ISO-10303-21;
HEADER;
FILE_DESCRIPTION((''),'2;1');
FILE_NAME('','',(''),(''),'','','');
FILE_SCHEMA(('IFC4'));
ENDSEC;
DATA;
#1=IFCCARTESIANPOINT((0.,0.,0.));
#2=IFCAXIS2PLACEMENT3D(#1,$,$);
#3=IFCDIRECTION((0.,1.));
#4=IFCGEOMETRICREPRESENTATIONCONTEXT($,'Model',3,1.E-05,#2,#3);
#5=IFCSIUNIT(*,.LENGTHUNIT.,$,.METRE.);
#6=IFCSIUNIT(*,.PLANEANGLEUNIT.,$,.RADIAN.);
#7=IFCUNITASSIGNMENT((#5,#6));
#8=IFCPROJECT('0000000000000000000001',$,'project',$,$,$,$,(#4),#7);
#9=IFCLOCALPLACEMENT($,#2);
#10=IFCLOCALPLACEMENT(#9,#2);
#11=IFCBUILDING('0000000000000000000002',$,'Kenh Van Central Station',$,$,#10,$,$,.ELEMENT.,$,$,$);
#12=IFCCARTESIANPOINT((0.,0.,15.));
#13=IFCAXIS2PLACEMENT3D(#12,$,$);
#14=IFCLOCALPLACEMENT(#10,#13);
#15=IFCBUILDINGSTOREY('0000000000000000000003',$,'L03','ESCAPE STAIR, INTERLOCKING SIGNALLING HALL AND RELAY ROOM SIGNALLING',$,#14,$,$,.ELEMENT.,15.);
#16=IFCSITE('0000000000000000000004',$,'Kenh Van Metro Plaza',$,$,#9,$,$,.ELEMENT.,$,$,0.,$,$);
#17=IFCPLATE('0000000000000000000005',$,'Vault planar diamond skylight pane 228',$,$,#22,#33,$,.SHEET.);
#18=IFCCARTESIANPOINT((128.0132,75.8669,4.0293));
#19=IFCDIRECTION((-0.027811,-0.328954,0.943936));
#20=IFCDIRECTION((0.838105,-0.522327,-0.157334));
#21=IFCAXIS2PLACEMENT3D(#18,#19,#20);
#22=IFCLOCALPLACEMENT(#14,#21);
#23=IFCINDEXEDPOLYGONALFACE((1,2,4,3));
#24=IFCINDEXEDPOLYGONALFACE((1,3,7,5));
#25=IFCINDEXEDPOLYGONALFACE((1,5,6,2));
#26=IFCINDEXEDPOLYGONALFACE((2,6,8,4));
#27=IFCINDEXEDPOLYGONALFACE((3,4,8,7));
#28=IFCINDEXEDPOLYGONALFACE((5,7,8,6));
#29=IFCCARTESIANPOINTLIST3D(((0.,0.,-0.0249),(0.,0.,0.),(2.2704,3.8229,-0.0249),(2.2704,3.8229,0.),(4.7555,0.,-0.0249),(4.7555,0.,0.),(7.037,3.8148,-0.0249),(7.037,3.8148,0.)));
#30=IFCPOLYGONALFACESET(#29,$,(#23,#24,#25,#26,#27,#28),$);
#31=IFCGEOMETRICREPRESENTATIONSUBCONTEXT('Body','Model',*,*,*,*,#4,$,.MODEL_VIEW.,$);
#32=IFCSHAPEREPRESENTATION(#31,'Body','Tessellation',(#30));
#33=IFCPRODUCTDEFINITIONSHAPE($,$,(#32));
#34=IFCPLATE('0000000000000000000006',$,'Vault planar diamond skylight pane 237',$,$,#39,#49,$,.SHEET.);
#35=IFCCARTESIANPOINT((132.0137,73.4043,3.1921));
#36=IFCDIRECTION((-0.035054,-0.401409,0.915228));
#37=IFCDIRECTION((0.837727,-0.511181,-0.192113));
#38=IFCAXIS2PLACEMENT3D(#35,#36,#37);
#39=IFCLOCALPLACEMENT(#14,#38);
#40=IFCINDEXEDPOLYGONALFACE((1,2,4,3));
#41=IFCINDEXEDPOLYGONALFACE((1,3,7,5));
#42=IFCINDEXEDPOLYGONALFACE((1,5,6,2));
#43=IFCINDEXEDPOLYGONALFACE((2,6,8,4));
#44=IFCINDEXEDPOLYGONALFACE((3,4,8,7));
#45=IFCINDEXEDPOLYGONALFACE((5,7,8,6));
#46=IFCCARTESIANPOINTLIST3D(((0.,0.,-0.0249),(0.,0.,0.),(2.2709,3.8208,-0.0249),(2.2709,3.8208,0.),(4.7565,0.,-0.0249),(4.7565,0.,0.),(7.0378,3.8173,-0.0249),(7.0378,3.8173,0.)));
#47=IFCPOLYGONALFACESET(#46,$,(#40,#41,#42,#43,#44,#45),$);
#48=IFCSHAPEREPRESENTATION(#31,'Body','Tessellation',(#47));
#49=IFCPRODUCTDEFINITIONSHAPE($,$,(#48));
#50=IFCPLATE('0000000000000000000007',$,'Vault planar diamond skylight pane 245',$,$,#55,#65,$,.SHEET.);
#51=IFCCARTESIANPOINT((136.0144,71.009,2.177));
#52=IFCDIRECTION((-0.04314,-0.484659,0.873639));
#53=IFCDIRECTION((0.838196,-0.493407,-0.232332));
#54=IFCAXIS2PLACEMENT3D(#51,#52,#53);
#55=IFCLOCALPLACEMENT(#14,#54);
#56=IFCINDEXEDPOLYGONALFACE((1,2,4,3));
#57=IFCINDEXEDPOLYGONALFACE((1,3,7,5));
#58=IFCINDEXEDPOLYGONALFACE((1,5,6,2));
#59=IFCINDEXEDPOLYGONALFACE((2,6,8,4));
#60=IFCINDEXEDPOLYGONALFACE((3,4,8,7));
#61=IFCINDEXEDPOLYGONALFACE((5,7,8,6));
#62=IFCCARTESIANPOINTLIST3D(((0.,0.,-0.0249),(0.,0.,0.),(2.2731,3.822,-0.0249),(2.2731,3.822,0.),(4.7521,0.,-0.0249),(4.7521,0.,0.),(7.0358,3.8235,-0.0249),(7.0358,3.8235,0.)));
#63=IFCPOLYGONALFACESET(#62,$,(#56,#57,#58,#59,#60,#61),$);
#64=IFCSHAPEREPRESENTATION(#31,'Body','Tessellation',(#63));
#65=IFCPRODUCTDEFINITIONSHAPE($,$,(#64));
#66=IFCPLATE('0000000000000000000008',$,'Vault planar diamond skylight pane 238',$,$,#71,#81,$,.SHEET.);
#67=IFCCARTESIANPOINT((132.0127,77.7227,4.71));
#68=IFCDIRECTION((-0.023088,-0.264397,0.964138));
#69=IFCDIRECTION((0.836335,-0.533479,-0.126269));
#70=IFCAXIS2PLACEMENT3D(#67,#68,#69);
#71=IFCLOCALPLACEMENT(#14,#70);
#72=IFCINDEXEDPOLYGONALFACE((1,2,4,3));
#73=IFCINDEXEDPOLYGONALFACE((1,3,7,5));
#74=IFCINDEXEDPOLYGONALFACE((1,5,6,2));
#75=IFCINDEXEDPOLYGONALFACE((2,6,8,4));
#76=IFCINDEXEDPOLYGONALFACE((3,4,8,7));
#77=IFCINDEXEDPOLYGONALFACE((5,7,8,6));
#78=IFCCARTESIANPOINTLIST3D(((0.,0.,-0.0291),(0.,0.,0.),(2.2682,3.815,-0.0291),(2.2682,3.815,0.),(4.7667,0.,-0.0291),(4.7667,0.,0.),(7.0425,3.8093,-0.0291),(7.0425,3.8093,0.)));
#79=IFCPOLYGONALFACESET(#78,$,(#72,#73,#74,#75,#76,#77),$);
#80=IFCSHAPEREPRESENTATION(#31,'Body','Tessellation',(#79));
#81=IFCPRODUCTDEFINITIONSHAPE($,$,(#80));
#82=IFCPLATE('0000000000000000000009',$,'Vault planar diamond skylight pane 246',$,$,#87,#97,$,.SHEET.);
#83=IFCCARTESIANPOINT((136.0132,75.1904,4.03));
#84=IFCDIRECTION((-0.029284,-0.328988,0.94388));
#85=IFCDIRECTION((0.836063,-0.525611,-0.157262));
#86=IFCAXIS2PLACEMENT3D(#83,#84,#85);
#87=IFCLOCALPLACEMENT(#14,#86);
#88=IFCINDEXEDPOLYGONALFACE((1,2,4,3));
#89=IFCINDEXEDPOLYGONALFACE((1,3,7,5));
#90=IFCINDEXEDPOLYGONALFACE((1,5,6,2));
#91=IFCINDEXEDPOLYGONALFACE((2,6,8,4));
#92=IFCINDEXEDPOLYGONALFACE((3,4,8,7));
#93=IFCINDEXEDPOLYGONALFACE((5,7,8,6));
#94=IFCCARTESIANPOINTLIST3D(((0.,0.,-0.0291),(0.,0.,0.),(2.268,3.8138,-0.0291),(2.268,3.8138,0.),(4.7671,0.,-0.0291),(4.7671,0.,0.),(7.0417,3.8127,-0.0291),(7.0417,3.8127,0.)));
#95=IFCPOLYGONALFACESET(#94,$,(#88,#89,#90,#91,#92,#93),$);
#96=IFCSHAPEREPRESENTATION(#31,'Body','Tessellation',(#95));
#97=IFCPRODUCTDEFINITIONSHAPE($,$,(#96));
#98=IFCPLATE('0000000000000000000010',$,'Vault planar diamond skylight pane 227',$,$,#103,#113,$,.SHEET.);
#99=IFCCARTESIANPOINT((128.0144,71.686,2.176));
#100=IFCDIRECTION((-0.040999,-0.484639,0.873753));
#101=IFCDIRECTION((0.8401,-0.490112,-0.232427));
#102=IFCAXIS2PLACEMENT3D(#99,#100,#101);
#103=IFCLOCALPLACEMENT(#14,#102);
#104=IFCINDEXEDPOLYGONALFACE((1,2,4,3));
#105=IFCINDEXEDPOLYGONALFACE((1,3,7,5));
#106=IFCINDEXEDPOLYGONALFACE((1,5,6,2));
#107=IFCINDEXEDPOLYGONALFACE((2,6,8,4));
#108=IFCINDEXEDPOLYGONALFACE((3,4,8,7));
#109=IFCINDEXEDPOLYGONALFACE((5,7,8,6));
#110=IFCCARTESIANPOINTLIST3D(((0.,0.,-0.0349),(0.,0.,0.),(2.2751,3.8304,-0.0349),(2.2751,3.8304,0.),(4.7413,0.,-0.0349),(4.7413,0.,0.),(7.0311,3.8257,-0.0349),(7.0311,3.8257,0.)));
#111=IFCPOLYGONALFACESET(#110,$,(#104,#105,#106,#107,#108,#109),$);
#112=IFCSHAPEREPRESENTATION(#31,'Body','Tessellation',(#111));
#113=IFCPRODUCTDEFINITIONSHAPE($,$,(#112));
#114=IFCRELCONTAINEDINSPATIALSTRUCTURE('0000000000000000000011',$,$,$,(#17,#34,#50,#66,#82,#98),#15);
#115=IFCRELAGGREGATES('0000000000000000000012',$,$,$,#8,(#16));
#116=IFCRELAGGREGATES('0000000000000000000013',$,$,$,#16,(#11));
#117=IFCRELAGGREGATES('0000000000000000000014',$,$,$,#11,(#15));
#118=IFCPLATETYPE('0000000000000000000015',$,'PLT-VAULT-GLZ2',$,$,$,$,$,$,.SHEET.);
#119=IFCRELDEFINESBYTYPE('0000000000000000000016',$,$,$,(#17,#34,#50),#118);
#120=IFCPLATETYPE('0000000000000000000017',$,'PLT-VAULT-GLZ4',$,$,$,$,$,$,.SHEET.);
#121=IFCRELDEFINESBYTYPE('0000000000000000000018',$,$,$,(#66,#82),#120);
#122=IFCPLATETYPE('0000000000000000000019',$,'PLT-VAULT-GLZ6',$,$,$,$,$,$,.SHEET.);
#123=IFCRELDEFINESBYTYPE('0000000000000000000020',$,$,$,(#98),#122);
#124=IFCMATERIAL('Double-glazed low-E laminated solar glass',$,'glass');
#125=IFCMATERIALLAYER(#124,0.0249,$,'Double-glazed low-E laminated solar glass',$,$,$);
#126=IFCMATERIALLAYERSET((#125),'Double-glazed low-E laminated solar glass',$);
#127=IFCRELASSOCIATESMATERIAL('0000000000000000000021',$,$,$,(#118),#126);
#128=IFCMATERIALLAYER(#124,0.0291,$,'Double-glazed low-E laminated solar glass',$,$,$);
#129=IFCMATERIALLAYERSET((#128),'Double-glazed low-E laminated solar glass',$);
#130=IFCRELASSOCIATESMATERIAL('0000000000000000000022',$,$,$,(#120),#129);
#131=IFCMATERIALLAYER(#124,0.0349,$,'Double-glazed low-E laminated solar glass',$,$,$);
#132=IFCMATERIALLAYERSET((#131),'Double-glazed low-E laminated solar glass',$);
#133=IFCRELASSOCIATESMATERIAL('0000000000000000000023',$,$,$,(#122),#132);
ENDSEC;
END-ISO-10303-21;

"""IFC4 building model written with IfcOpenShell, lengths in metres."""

from ifc_helpers import new_model, si_unit, direction, frame, origin, place, context, subcontext, project, spatial, polyline, outline, extrude, material, layer, layer_set, type_object, element, save


model = new_model("IFC4")

# Units and contexts
model_context = context("Model", 3, precision=1e-05, world=origin(), true_north=direction((0.0, 1.0)))
body_context = subcontext(model_context, "Body", "Model", "MODEL_VIEW")
ifc_project = project(units=[si_unit("LENGTHUNIT", "METRE"), si_unit("PLANEANGLEUNIT", "RADIAN")], contexts=[model_context])

# Site, building, storey
site_placement = place(None, origin())
site = spatial("IfcSite", under=ifc_project, at=site_placement, Name="Kenh Van Metro Plaza", CompositionType="ELEMENT", RefElevation=0.0)
building_placement = place(site_placement, origin())
building = spatial("IfcBuilding", under=site, at=building_placement, Name="Kenh Van Central Station", CompositionType="ELEMENT")
storey_placement = place(building_placement, frame((0.0, 0.0, 15.0)))
storey = spatial("IfcBuildingStorey", under=building, at=storey_placement, Name="L03", Description="ESCAPE STAIR, INTERLOCKING SIGNALLING HALL AND RELAY ROOM SIGNALLING", CompositionType="ELEMENT", Elevation=15.0)

# Plates
ifc_material_1 = material(Name="Double-glazed low-E laminated solar glass", Category="glass")
ifc_layer_1 = layer(ifc_material_1, 0.0249, Name="Double-glazed low-E laminated solar glass")
ifc_layer_set_1 = layer_set([ifc_layer_1], Name="Double-glazed low-E laminated solar glass")
plate_type_1 = type_object("IfcPlateType", Name="PLT-VAULT-GLZ2", PredefinedType="SHEET", material=ifc_layer_set_1)
plate_1_placement = place(storey_placement, frame((128.0132, 75.8669, 4.0293), z_axis=(-0.027811, -0.328954, 0.943936), x_axis=(0.838105, -0.522327, -0.157334)))
element("IfcPlate", 1, at=plate_1_placement, inside=storey, type_object=plate_type_1, Name="Vault planar diamond skylight pane 228", PredefinedType="SHEET", context=body_context, shape_type="SweptSolid", body=[
    extrude(outline(polyline([(0.0, 0.0), (4.7555, 0.0), (7.037, 3.8148), (2.2704, 3.8229), (0.0, 0.0)])), origin(), (0.0, 0.0, -1.0), 0.0249),
])
plate_2_placement = place(storey_placement, frame((132.0137, 73.4043, 3.1921), z_axis=(-0.035054, -0.401409, 0.915228), x_axis=(0.837727, -0.511181, -0.192113)))
element("IfcPlate", 2, at=plate_2_placement, inside=storey, type_object=plate_type_1, Name="Vault planar diamond skylight pane 237", PredefinedType="SHEET", context=body_context, shape_type="SweptSolid", body=[
    extrude(outline(polyline([(0.0, 0.0), (4.7565, 0.0), (7.0378, 3.8173), (2.2709, 3.8208), (0.0, 0.0)])), origin(), (0.0, 0.0, -1.0), 0.0249),
])
plate_3_placement = place(storey_placement, frame((136.0144, 71.009, 2.177), z_axis=(-0.04314, -0.484659, 0.873639), x_axis=(0.838196, -0.493407, -0.232332)))
element("IfcPlate", 3, at=plate_3_placement, inside=storey, type_object=plate_type_1, Name="Vault planar diamond skylight pane 245", PredefinedType="SHEET", context=body_context, shape_type="SweptSolid", body=[
    extrude(outline(polyline([(0.0, 0.0), (4.7521, 0.0), (7.0358, 3.8235), (2.2731, 3.822), (0.0, 0.0)])), origin(), (0.0, 0.0, -1.0), 0.0249),
])
ifc_layer_2 = layer(ifc_material_1, 0.0291, Name="Double-glazed low-E laminated solar glass")
ifc_layer_set_2 = layer_set([ifc_layer_2], Name="Double-glazed low-E laminated solar glass")
plate_type_2 = type_object("IfcPlateType", Name="PLT-VAULT-GLZ4", PredefinedType="SHEET", material=ifc_layer_set_2)
plate_4_placement = place(storey_placement, frame((132.0127, 77.7227, 4.71), z_axis=(-0.023088, -0.264397, 0.964138), x_axis=(0.836335, -0.533479, -0.126269)))
element("IfcPlate", 4, at=plate_4_placement, inside=storey, type_object=plate_type_2, Name="Vault planar diamond skylight pane 238", PredefinedType="SHEET", context=body_context, shape_type="SweptSolid", body=[
    extrude(outline(polyline([(0.0, 0.0), (4.7667, 0.0), (7.0425, 3.8093), (2.2682, 3.815), (0.0, 0.0)])), origin(), (0.0, 0.0, -1.0), 0.0291),
])
plate_5_placement = place(storey_placement, frame((136.0132, 75.1904, 4.03), z_axis=(-0.029284, -0.328988, 0.94388), x_axis=(0.836063, -0.525611, -0.157262)))
element("IfcPlate", 5, at=plate_5_placement, inside=storey, type_object=plate_type_2, Name="Vault planar diamond skylight pane 246", PredefinedType="SHEET", context=body_context, shape_type="SweptSolid", body=[
    extrude(outline(polyline([(0.0, 0.0), (4.7671, 0.0), (7.0417, 3.8127), (2.268, 3.8138), (0.0, 0.0)])), origin(), (0.0, 0.0, -1.0), 0.0291),
])
ifc_layer_3 = layer(ifc_material_1, 0.0349, Name="Double-glazed low-E laminated solar glass")
ifc_layer_set_3 = layer_set([ifc_layer_3], Name="Double-glazed low-E laminated solar glass")
plate_type_3 = type_object("IfcPlateType", Name="PLT-VAULT-GLZ6", PredefinedType="SHEET", material=ifc_layer_set_3)
plate_6_placement = place(storey_placement, frame((128.0144, 71.686, 2.176), z_axis=(-0.040999, -0.484639, 0.873753), x_axis=(0.8401, -0.490112, -0.232427)))
element("IfcPlate", 6, at=plate_6_placement, inside=storey, type_object=plate_type_3, Name="Vault planar diamond skylight pane 227", PredefinedType="SHEET", context=body_context, shape_type="SweptSolid", body=[
    extrude(outline(polyline([(0.0, 0.0), (4.7413, 0.0), (7.0311, 3.8257), (2.2751, 3.8304), (0.0, 0.0)])), origin(), (0.0, 0.0, -1.0), 0.0349),
])

save(model, "model.ifc")
